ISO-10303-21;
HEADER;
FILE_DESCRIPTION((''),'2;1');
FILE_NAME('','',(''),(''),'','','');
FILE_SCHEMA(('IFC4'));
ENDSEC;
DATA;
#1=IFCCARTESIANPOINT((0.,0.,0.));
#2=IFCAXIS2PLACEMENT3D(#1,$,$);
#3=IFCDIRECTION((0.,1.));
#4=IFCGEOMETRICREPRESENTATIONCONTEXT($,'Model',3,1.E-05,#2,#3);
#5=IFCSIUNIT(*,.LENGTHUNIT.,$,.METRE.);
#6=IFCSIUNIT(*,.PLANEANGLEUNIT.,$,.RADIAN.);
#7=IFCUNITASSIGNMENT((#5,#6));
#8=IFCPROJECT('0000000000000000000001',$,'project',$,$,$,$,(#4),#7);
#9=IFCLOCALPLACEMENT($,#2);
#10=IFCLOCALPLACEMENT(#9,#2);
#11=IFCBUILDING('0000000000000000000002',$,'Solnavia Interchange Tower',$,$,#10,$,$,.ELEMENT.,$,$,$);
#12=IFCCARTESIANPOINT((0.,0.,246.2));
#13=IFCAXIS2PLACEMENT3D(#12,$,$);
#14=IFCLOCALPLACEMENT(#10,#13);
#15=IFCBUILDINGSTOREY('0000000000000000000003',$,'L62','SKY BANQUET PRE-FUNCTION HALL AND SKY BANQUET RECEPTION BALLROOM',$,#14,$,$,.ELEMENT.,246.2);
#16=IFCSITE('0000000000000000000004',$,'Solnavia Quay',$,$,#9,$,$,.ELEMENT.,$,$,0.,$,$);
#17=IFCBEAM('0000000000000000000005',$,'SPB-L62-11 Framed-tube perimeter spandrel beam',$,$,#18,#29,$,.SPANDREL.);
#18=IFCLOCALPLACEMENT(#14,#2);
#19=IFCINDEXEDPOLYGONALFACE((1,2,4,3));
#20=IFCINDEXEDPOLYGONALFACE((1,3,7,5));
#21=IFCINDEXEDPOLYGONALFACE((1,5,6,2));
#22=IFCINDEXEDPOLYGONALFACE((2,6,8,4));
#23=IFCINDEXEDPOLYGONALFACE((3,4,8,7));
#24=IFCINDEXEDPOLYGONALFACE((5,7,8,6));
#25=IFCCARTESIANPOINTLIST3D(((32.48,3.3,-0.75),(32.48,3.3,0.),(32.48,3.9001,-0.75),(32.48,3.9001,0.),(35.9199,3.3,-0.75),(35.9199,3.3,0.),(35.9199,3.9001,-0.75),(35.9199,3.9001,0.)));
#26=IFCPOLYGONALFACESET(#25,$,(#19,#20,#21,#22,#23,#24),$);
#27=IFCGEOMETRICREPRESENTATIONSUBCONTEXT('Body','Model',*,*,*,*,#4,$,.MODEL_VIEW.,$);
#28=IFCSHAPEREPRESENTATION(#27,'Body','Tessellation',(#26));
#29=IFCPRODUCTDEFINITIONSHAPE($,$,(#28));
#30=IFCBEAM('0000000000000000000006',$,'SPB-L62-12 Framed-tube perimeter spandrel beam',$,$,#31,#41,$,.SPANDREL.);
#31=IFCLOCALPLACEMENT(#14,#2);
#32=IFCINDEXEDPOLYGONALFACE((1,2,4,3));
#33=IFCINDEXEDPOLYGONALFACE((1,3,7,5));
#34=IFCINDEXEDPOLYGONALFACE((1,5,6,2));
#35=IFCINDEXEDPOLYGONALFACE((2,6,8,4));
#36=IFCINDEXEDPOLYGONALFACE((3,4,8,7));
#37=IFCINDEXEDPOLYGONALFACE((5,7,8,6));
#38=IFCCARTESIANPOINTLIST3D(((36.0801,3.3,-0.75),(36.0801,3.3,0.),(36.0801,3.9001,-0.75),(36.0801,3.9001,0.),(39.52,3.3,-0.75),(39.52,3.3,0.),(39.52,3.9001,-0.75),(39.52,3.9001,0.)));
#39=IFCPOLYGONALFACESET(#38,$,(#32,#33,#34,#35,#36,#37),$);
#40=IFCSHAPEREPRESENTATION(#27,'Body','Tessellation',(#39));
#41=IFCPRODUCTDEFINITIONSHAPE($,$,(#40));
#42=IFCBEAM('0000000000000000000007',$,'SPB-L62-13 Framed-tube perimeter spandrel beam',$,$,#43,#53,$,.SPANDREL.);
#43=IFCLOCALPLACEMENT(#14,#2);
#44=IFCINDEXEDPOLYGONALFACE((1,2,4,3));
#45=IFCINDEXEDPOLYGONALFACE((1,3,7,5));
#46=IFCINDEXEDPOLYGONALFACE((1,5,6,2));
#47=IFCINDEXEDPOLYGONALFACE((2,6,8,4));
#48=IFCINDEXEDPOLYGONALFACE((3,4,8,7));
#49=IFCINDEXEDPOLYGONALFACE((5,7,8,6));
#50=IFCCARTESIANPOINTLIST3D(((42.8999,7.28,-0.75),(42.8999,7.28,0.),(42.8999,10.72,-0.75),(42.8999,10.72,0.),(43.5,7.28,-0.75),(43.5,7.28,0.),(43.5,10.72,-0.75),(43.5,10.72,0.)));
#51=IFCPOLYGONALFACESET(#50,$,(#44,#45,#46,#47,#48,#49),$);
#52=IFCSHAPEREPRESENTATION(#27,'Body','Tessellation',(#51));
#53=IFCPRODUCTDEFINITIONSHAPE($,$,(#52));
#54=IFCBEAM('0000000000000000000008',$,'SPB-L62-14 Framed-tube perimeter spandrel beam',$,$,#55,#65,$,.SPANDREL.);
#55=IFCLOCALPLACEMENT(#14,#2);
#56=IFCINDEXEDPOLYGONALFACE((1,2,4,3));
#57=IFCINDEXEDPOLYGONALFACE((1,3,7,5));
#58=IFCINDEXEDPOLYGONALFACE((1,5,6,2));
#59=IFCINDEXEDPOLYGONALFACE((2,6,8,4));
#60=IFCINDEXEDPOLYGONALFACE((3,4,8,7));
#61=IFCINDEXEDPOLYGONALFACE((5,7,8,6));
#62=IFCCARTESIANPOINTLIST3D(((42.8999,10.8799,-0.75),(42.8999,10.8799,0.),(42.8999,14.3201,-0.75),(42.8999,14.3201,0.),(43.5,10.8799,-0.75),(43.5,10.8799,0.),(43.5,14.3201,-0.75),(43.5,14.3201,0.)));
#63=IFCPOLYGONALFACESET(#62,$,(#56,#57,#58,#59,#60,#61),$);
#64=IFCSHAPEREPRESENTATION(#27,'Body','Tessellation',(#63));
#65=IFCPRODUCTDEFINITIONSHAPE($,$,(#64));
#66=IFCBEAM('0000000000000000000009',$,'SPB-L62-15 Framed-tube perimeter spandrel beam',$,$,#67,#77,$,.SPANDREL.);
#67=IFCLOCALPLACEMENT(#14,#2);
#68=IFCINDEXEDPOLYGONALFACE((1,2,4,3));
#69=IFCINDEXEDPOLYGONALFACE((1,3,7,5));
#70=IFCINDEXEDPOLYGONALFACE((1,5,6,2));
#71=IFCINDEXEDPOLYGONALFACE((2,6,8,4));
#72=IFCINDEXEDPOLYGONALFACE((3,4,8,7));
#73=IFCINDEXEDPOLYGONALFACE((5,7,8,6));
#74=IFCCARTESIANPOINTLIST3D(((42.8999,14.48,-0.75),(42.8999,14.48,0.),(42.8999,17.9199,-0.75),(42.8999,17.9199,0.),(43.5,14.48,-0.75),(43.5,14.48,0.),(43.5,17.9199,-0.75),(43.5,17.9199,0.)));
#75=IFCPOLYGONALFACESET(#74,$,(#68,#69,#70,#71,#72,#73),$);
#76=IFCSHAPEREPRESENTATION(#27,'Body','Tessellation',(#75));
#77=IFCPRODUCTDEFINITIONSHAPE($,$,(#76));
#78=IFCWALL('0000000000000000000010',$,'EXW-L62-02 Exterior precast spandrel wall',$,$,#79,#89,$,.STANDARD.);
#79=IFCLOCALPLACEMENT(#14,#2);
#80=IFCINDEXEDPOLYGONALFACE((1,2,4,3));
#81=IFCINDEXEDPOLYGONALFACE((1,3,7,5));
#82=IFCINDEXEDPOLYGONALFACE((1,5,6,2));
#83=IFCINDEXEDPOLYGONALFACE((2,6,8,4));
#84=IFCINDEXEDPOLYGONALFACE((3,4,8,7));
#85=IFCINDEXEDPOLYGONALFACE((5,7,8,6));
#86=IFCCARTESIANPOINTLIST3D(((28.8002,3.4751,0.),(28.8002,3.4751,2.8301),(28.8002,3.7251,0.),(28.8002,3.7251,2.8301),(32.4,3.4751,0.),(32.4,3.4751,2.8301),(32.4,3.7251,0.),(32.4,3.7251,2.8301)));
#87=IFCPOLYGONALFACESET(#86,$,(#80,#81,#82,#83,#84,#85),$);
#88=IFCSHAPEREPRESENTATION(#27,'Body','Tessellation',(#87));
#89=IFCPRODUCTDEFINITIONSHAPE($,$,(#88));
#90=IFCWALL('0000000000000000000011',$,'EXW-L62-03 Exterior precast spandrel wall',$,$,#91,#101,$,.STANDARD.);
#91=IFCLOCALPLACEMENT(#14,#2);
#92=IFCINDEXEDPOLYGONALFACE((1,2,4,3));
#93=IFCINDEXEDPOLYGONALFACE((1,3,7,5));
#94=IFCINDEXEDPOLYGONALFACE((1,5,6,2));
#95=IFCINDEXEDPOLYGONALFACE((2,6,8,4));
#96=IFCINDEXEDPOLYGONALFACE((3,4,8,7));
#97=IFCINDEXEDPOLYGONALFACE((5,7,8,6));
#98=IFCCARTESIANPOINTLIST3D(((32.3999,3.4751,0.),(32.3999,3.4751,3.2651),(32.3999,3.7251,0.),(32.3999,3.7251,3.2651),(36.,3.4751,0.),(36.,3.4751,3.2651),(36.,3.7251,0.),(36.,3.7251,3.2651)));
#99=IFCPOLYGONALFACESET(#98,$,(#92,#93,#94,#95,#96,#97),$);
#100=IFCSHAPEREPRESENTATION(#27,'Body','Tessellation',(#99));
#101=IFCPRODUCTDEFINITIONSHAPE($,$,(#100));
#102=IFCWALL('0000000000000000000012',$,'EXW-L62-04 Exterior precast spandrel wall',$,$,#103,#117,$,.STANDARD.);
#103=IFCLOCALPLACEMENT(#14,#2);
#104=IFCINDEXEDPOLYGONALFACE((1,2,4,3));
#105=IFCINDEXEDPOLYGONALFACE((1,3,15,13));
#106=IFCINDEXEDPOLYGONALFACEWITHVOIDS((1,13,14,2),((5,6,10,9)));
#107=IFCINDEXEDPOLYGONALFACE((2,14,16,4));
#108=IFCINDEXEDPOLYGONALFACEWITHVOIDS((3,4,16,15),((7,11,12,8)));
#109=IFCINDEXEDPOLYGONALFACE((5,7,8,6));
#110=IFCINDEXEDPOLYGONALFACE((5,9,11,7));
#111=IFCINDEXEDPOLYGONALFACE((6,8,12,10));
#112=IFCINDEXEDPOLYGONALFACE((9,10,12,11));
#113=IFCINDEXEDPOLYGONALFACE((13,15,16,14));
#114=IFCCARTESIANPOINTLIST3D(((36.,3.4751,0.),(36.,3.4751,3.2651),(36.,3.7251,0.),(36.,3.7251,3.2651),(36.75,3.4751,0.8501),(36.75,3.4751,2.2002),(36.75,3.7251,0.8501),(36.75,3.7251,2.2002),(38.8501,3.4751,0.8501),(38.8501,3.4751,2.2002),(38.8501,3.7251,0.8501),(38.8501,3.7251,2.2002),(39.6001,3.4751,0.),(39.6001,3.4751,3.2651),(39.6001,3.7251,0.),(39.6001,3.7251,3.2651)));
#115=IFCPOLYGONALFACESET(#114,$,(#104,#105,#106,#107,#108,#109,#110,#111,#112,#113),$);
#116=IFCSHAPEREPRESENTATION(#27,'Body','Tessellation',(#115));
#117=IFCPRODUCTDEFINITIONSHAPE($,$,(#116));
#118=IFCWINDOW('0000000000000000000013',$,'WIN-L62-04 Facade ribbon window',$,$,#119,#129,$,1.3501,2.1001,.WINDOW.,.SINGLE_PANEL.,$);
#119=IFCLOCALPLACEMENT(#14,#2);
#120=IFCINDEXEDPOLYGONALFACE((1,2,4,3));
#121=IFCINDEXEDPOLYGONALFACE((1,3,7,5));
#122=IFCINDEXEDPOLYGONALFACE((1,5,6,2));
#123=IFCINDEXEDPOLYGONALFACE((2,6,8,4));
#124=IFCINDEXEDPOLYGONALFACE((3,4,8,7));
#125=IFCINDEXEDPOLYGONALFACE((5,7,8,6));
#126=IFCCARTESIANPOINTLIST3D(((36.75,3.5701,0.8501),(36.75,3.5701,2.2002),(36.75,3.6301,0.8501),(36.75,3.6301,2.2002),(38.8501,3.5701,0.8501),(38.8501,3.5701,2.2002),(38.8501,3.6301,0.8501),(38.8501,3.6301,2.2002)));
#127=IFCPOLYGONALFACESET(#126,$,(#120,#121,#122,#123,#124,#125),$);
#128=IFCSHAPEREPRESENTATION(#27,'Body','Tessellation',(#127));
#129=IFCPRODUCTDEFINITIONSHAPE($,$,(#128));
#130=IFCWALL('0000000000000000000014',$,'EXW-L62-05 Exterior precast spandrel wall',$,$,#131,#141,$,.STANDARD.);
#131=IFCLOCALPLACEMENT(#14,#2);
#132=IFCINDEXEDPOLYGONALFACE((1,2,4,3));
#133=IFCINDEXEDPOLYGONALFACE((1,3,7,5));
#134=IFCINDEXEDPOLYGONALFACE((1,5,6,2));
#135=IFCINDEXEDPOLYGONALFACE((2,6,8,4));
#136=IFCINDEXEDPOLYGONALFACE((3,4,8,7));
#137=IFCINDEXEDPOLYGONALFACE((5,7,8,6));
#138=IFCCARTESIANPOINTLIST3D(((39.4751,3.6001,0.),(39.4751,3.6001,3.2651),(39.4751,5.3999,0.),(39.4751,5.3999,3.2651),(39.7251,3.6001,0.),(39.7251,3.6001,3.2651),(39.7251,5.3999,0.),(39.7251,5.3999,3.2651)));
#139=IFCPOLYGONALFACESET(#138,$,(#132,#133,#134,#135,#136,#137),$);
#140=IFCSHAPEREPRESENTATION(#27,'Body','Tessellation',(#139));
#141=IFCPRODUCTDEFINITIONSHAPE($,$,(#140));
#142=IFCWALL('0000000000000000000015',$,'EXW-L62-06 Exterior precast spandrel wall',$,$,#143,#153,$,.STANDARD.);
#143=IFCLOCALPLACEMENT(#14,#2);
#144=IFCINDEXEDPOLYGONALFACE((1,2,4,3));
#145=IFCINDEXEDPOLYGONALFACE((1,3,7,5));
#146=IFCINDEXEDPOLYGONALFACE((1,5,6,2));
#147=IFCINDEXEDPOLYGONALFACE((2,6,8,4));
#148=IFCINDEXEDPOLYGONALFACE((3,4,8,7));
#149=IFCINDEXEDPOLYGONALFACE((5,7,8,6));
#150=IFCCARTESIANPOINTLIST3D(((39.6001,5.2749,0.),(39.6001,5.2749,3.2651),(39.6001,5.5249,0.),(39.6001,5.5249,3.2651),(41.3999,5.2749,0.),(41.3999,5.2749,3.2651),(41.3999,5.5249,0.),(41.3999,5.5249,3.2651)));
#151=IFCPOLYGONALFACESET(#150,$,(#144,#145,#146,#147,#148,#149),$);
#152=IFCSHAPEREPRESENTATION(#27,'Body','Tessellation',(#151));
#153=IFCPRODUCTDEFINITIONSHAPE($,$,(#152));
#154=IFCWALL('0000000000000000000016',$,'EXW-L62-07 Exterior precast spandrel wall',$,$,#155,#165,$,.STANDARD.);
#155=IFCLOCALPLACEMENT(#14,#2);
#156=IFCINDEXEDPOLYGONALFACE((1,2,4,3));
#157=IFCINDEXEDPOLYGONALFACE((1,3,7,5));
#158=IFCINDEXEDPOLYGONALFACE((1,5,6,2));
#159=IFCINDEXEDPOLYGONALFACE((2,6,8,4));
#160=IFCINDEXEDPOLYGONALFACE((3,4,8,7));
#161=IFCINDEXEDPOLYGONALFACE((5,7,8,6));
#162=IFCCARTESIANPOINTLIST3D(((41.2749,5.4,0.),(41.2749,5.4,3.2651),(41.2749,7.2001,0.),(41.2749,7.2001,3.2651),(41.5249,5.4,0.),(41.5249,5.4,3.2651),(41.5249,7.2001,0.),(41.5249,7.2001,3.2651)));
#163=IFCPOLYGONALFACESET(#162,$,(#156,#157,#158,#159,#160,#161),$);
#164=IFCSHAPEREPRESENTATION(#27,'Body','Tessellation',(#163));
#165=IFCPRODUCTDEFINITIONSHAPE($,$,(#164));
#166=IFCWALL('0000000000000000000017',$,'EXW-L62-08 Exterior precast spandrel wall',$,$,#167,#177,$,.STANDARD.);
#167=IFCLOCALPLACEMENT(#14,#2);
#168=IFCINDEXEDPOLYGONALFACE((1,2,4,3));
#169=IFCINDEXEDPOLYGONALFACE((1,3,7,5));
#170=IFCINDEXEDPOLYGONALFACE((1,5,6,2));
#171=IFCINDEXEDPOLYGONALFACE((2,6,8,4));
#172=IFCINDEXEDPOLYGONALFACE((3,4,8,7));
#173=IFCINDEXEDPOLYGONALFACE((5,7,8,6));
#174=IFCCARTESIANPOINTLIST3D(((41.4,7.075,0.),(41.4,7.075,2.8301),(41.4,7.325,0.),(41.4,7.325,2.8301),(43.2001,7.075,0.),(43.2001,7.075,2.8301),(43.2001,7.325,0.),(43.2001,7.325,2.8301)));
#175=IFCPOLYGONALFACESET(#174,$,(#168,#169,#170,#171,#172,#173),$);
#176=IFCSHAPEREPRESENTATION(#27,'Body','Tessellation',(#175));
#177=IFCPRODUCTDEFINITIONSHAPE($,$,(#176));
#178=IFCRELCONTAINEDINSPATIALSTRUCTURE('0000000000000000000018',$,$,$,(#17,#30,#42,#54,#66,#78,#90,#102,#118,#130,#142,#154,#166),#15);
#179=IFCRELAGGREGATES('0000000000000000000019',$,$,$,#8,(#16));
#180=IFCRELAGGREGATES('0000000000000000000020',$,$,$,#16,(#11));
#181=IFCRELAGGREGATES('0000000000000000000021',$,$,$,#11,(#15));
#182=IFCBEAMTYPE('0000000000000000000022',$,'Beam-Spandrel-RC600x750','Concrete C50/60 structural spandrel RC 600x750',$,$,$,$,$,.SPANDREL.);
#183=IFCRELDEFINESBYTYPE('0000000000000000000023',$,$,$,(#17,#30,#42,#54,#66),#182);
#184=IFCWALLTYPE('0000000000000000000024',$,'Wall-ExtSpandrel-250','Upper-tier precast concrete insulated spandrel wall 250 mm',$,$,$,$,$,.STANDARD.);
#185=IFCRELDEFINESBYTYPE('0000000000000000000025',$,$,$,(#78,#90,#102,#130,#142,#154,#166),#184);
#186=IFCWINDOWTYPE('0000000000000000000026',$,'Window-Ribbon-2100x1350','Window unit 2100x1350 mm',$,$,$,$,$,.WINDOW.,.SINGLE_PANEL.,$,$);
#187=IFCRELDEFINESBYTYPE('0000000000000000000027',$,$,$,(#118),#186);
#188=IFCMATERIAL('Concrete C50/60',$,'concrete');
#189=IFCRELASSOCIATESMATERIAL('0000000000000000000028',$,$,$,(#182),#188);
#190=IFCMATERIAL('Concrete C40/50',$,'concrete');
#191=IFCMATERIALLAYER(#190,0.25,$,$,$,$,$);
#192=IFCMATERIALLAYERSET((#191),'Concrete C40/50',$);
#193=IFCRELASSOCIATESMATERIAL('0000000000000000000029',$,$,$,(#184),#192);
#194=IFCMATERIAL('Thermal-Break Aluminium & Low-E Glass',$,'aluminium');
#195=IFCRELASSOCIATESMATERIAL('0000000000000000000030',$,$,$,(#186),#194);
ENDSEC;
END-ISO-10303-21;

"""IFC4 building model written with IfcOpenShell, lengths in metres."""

from ifc_helpers import new_model, si_unit, direction, frame, frame_2d, origin, origin_2d, place, context, subcontext, project, spatial, rectangle, extrude, material, layer, layer_set, material_profile, profile_set, type_object, element, fill, save


model = new_model("IFC4")

# Units and contexts
model_context = context("Model", 3, precision=1e-05, world=origin(), true_north=direction((0.0, 1.0)))
body_context = subcontext(model_context, "Body", "Model", "MODEL_VIEW")
ifc_project = project(units=[si_unit("LENGTHUNIT", "METRE"), si_unit("PLANEANGLEUNIT", "RADIAN")], contexts=[model_context])

# Site, building, storey
site_placement = place(None, origin())
site = spatial("IfcSite", under=ifc_project, at=site_placement, Name="Solnavia Quay", CompositionType="ELEMENT", RefElevation=0.0)
building_placement = place(site_placement, origin())
building = spatial("IfcBuilding", under=site, at=building_placement, Name="Solnavia Interchange Tower", CompositionType="ELEMENT")
storey_placement = place(building_placement, frame((0.0, 0.0, 246.2)))
storey = spatial("IfcBuildingStorey", under=building, at=storey_placement, Name="L62", Description="SKY BANQUET PRE-FUNCTION HALL AND SKY BANQUET RECEPTION BALLROOM", CompositionType="ELEMENT", Elevation=246.2)

# Shared definitions
ifc_material_1 = material(Name="Concrete C50/60", Category="concrete")

# Beams
ifc_material_profile_1 = material_profile(ifc_material_1, rectangle(XDim=0.6001, YDim=0.75, at=origin_2d()), Name="RC 600x750")
ifc_profile_set_1 = profile_set([ifc_material_profile_1], Name="Concrete C50/60")
beam_type_1 = type_object("IfcBeamType", Name="Beam-Spandrel-RC600x750", Description="Concrete C50/60 structural spandrel RC 600x750", PredefinedType="SPANDREL", material=ifc_profile_set_1)
for number, where, z_axis, x_axis, name in (
    (1, (32.48, 3.6001, -0.375), (1.0, 0.0, 0.0), (0.0, 1.0, 0.0), "SPB-L62-11 Framed-tube perimeter spandrel beam"),
    (2, (36.0801, 3.6001, -0.375), (1.0, 0.0, 0.0), (0.0, 1.0, 0.0), "SPB-L62-12 Framed-tube perimeter spandrel beam"),
    (3, (43.2, 7.28, -0.375), (0.0, 1.0, 0.0), (-1.0, 0.0, 0.0), "SPB-L62-13 Framed-tube perimeter spandrel beam"),
):
    element("IfcBeam", number, at=place(storey_placement, frame(where, z_axis=z_axis, x_axis=x_axis)), inside=storey, type_object=beam_type_1, Name=name, PredefinedType="SPANDREL", context=body_context, shape_type="SweptSolid", body=[
        extrude(rectangle(XDim=0.6001, YDim=0.75, at=origin_2d()), origin(), (0.0, 0.0, 1.0), 3.4399),
    ])
beam_1_placement = place(storey_placement, frame((43.2, 10.8799, -0.375), z_axis=(0.0, 1.0, 0.0), x_axis=(-1.0, 0.0, 0.0)))
element("IfcBeam", 4, at=beam_1_placement, inside=storey, type_object=beam_type_1, Name="SPB-L62-14 Framed-tube perimeter spandrel beam", PredefinedType="SPANDREL", context=body_context, shape_type="SweptSolid", body=[
    extrude(rectangle(XDim=0.6001, YDim=0.75, at=origin_2d()), origin(), (0.0, 0.0, 1.0), 3.4402),
])
beam_2_placement = place(storey_placement, frame((43.2, 14.48, -0.375), z_axis=(0.0, 1.0, 0.0), x_axis=(-1.0, 0.0, 0.0)))
element("IfcBeam", 5, at=beam_2_placement, inside=storey, type_object=beam_type_1, Name="SPB-L62-15 Framed-tube perimeter spandrel beam", PredefinedType="SPANDREL", context=body_context, shape_type="SweptSolid", body=[
    extrude(rectangle(XDim=0.6001, YDim=0.75, at=origin_2d()), origin(), (0.0, 0.0, 1.0), 3.4399),
])

# Walls
ifc_material_2 = material(Name="Concrete C40/50", Category="concrete")
ifc_layer_1 = layer(ifc_material_2, 0.25)
ifc_layer_set_1 = layer_set([ifc_layer_1], Name="Concrete C40/50")
wall_type_1 = type_object("IfcWallType", Name="Wall-ExtSpandrel-250", Description="Upper-tier precast concrete insulated spandrel wall 250 mm", PredefinedType="STANDARD", material=ifc_layer_set_1)
wall_1_placement = place(storey_placement, frame((32.3999, 3.6001, 0.0), z_axis=(0.0, 0.0, 1.0), x_axis=(-1.0, 0.0, 0.0)))
element("IfcWall", 6, at=wall_1_placement, inside=storey, type_object=wall_type_1, Name="EXW-L62-02 Exterior precast spandrel wall", PredefinedType="STANDARD", context=body_context, shape_type="SweptSolid", body=[
    extrude(rectangle(XDim=3.5999, YDim=0.25, at=frame_2d((1.7998, 0.0))), origin(), (0.0, 0.0, 1.0), 2.8301),
])
wall_2_placement = place(storey_placement, frame((36.0, 3.6001, 0.0), z_axis=(0.0, 0.0, 1.0), x_axis=(-1.0, 0.0, 0.0)))
element("IfcWall", 7, at=wall_2_placement, inside=storey, type_object=wall_type_1, Name="EXW-L62-03 Exterior precast spandrel wall", PredefinedType="STANDARD", context=body_context, shape_type="SweptSolid", body=[
    extrude(rectangle(XDim=3.6001, YDim=0.25, at=frame_2d((1.8, 0.0))), origin(), (0.0, 0.0, 1.0), 3.2651),
])

# Wall, opening, window
wall_3_placement = place(storey_placement, frame((39.6001, 3.6001, 0.0), z_axis=(0.0, 0.0, 1.0), x_axis=(-1.0, 0.0, 0.0)))
wall_3 = element("IfcWall", 8, at=wall_3_placement, inside=storey, type_object=wall_type_1, Name="EXW-L62-04 Exterior precast spandrel wall", PredefinedType="STANDARD", context=body_context, shape_type="SweptSolid", body=[
    extrude(rectangle(XDim=3.6001, YDim=0.25, at=frame_2d((1.8, 0.0))), origin(), (0.0, 0.0, 1.0), 3.2651),
])
opening_1_placement = place(wall_3_placement, frame((0.75, 0.0, 0.8501)))
opening_1 = element("IfcOpeningElement", 9, at=opening_1_placement, cuts=wall_3, PredefinedType="OPENING", context=body_context, shape_type="SweptSolid", body=[
    extrude(rectangle(XDim=2.1001, YDim=1.3501, at=frame_2d((1.05, 0.675))), frame((0.0, 0.135, 0.0), z_axis=(0.0, -1.0, 0.0), x_axis=(1.0, 0.0, 0.0)), (0.0, 0.0, 1.0), 0.27),
])
ifc_material_3 = material(Name="Thermal-Break Aluminium & Low-E Glass", Category="aluminium")
window_type = type_object("IfcWindowType", Name="Window-Ribbon-2100x1350", Description="Window unit 2100x1350 mm", PartitioningType="SINGLE_PANEL", PredefinedType="WINDOW", material=ifc_material_3)
window_1_placement = place(opening_1_placement, origin())
window_1 = element("IfcWindow", 10, at=window_1_placement, inside=storey, type_object=window_type, Name="WIN-L62-04 Facade ribbon window", OverallHeight=1.3501, OverallWidth=2.1001, PartitioningType="SINGLE_PANEL", PredefinedType="WINDOW", context=body_context, shape_type="SweptSolid", body=[
    extrude(rectangle(XDim=2.1001, YDim=1.3501, at=frame_2d((1.05, 0.675))), frame((0.0, 0.03, 0.0), z_axis=(0.0, -1.0, 0.0), x_axis=(1.0, 0.0, 0.0)), (0.0, 0.0, 1.0), 0.0601),
])
fill(opening_1, window_1)

# Walls
for number, where, z_axis, x_axis, name in (
    (11, (39.6001, 5.3999, 0.0), (0.0, 0.0, 1.0), (0.0, -1.0, 0.0), "EXW-L62-05 Exterior precast spandrel wall"),
    (12, (41.3999, 5.3999, 0.0), (0.0, 0.0, 1.0), (-1.0, 0.0, 0.0), "EXW-L62-06 Exterior precast spandrel wall"),
):
    element("IfcWall", number, at=place(storey_placement, frame(where, z_axis=z_axis, x_axis=x_axis)), inside=storey, type_object=wall_type_1, Name=name, PredefinedType="STANDARD", context=body_context, shape_type="SweptSolid", body=[
        extrude(rectangle(XDim=1.7998, YDim=0.25, at=frame_2d((0.8999, 0.0))), origin(), (0.0, 0.0, 1.0), 3.2651),
    ])
wall_4_placement = place(storey_placement, frame((41.3999, 7.2, 0.0), z_axis=(0.0, 0.0, 1.0), x_axis=(0.0, -1.0, 0.0)))
element("IfcWall", 13, at=wall_4_placement, inside=storey, type_object=wall_type_1, Name="EXW-L62-07 Exterior precast spandrel wall", PredefinedType="STANDARD", context=body_context, shape_type="SweptSolid", body=[
    extrude(rectangle(XDim=1.8, YDim=0.25, at=frame_2d((0.8999, 0.0))), origin(), (0.0, 0.0, 1.0), 3.2651),
])
wall_5_placement = place(storey_placement, frame((43.2, 7.2, 0.0), z_axis=(0.0, 0.0, 1.0), x_axis=(-1.0, 0.0, 0.0)))
element("IfcWall", 14, at=wall_5_placement, inside=storey, type_object=wall_type_1, Name="EXW-L62-08 Exterior precast spandrel wall", PredefinedType="STANDARD", context=body_context, shape_type="SweptSolid", body=[
    extrude(rectangle(XDim=1.8, YDim=0.25, at=frame_2d((0.8999, 0.0))), origin(), (0.0, 0.0, 1.0), 2.8301),
])

save(model, "model.ifc")
